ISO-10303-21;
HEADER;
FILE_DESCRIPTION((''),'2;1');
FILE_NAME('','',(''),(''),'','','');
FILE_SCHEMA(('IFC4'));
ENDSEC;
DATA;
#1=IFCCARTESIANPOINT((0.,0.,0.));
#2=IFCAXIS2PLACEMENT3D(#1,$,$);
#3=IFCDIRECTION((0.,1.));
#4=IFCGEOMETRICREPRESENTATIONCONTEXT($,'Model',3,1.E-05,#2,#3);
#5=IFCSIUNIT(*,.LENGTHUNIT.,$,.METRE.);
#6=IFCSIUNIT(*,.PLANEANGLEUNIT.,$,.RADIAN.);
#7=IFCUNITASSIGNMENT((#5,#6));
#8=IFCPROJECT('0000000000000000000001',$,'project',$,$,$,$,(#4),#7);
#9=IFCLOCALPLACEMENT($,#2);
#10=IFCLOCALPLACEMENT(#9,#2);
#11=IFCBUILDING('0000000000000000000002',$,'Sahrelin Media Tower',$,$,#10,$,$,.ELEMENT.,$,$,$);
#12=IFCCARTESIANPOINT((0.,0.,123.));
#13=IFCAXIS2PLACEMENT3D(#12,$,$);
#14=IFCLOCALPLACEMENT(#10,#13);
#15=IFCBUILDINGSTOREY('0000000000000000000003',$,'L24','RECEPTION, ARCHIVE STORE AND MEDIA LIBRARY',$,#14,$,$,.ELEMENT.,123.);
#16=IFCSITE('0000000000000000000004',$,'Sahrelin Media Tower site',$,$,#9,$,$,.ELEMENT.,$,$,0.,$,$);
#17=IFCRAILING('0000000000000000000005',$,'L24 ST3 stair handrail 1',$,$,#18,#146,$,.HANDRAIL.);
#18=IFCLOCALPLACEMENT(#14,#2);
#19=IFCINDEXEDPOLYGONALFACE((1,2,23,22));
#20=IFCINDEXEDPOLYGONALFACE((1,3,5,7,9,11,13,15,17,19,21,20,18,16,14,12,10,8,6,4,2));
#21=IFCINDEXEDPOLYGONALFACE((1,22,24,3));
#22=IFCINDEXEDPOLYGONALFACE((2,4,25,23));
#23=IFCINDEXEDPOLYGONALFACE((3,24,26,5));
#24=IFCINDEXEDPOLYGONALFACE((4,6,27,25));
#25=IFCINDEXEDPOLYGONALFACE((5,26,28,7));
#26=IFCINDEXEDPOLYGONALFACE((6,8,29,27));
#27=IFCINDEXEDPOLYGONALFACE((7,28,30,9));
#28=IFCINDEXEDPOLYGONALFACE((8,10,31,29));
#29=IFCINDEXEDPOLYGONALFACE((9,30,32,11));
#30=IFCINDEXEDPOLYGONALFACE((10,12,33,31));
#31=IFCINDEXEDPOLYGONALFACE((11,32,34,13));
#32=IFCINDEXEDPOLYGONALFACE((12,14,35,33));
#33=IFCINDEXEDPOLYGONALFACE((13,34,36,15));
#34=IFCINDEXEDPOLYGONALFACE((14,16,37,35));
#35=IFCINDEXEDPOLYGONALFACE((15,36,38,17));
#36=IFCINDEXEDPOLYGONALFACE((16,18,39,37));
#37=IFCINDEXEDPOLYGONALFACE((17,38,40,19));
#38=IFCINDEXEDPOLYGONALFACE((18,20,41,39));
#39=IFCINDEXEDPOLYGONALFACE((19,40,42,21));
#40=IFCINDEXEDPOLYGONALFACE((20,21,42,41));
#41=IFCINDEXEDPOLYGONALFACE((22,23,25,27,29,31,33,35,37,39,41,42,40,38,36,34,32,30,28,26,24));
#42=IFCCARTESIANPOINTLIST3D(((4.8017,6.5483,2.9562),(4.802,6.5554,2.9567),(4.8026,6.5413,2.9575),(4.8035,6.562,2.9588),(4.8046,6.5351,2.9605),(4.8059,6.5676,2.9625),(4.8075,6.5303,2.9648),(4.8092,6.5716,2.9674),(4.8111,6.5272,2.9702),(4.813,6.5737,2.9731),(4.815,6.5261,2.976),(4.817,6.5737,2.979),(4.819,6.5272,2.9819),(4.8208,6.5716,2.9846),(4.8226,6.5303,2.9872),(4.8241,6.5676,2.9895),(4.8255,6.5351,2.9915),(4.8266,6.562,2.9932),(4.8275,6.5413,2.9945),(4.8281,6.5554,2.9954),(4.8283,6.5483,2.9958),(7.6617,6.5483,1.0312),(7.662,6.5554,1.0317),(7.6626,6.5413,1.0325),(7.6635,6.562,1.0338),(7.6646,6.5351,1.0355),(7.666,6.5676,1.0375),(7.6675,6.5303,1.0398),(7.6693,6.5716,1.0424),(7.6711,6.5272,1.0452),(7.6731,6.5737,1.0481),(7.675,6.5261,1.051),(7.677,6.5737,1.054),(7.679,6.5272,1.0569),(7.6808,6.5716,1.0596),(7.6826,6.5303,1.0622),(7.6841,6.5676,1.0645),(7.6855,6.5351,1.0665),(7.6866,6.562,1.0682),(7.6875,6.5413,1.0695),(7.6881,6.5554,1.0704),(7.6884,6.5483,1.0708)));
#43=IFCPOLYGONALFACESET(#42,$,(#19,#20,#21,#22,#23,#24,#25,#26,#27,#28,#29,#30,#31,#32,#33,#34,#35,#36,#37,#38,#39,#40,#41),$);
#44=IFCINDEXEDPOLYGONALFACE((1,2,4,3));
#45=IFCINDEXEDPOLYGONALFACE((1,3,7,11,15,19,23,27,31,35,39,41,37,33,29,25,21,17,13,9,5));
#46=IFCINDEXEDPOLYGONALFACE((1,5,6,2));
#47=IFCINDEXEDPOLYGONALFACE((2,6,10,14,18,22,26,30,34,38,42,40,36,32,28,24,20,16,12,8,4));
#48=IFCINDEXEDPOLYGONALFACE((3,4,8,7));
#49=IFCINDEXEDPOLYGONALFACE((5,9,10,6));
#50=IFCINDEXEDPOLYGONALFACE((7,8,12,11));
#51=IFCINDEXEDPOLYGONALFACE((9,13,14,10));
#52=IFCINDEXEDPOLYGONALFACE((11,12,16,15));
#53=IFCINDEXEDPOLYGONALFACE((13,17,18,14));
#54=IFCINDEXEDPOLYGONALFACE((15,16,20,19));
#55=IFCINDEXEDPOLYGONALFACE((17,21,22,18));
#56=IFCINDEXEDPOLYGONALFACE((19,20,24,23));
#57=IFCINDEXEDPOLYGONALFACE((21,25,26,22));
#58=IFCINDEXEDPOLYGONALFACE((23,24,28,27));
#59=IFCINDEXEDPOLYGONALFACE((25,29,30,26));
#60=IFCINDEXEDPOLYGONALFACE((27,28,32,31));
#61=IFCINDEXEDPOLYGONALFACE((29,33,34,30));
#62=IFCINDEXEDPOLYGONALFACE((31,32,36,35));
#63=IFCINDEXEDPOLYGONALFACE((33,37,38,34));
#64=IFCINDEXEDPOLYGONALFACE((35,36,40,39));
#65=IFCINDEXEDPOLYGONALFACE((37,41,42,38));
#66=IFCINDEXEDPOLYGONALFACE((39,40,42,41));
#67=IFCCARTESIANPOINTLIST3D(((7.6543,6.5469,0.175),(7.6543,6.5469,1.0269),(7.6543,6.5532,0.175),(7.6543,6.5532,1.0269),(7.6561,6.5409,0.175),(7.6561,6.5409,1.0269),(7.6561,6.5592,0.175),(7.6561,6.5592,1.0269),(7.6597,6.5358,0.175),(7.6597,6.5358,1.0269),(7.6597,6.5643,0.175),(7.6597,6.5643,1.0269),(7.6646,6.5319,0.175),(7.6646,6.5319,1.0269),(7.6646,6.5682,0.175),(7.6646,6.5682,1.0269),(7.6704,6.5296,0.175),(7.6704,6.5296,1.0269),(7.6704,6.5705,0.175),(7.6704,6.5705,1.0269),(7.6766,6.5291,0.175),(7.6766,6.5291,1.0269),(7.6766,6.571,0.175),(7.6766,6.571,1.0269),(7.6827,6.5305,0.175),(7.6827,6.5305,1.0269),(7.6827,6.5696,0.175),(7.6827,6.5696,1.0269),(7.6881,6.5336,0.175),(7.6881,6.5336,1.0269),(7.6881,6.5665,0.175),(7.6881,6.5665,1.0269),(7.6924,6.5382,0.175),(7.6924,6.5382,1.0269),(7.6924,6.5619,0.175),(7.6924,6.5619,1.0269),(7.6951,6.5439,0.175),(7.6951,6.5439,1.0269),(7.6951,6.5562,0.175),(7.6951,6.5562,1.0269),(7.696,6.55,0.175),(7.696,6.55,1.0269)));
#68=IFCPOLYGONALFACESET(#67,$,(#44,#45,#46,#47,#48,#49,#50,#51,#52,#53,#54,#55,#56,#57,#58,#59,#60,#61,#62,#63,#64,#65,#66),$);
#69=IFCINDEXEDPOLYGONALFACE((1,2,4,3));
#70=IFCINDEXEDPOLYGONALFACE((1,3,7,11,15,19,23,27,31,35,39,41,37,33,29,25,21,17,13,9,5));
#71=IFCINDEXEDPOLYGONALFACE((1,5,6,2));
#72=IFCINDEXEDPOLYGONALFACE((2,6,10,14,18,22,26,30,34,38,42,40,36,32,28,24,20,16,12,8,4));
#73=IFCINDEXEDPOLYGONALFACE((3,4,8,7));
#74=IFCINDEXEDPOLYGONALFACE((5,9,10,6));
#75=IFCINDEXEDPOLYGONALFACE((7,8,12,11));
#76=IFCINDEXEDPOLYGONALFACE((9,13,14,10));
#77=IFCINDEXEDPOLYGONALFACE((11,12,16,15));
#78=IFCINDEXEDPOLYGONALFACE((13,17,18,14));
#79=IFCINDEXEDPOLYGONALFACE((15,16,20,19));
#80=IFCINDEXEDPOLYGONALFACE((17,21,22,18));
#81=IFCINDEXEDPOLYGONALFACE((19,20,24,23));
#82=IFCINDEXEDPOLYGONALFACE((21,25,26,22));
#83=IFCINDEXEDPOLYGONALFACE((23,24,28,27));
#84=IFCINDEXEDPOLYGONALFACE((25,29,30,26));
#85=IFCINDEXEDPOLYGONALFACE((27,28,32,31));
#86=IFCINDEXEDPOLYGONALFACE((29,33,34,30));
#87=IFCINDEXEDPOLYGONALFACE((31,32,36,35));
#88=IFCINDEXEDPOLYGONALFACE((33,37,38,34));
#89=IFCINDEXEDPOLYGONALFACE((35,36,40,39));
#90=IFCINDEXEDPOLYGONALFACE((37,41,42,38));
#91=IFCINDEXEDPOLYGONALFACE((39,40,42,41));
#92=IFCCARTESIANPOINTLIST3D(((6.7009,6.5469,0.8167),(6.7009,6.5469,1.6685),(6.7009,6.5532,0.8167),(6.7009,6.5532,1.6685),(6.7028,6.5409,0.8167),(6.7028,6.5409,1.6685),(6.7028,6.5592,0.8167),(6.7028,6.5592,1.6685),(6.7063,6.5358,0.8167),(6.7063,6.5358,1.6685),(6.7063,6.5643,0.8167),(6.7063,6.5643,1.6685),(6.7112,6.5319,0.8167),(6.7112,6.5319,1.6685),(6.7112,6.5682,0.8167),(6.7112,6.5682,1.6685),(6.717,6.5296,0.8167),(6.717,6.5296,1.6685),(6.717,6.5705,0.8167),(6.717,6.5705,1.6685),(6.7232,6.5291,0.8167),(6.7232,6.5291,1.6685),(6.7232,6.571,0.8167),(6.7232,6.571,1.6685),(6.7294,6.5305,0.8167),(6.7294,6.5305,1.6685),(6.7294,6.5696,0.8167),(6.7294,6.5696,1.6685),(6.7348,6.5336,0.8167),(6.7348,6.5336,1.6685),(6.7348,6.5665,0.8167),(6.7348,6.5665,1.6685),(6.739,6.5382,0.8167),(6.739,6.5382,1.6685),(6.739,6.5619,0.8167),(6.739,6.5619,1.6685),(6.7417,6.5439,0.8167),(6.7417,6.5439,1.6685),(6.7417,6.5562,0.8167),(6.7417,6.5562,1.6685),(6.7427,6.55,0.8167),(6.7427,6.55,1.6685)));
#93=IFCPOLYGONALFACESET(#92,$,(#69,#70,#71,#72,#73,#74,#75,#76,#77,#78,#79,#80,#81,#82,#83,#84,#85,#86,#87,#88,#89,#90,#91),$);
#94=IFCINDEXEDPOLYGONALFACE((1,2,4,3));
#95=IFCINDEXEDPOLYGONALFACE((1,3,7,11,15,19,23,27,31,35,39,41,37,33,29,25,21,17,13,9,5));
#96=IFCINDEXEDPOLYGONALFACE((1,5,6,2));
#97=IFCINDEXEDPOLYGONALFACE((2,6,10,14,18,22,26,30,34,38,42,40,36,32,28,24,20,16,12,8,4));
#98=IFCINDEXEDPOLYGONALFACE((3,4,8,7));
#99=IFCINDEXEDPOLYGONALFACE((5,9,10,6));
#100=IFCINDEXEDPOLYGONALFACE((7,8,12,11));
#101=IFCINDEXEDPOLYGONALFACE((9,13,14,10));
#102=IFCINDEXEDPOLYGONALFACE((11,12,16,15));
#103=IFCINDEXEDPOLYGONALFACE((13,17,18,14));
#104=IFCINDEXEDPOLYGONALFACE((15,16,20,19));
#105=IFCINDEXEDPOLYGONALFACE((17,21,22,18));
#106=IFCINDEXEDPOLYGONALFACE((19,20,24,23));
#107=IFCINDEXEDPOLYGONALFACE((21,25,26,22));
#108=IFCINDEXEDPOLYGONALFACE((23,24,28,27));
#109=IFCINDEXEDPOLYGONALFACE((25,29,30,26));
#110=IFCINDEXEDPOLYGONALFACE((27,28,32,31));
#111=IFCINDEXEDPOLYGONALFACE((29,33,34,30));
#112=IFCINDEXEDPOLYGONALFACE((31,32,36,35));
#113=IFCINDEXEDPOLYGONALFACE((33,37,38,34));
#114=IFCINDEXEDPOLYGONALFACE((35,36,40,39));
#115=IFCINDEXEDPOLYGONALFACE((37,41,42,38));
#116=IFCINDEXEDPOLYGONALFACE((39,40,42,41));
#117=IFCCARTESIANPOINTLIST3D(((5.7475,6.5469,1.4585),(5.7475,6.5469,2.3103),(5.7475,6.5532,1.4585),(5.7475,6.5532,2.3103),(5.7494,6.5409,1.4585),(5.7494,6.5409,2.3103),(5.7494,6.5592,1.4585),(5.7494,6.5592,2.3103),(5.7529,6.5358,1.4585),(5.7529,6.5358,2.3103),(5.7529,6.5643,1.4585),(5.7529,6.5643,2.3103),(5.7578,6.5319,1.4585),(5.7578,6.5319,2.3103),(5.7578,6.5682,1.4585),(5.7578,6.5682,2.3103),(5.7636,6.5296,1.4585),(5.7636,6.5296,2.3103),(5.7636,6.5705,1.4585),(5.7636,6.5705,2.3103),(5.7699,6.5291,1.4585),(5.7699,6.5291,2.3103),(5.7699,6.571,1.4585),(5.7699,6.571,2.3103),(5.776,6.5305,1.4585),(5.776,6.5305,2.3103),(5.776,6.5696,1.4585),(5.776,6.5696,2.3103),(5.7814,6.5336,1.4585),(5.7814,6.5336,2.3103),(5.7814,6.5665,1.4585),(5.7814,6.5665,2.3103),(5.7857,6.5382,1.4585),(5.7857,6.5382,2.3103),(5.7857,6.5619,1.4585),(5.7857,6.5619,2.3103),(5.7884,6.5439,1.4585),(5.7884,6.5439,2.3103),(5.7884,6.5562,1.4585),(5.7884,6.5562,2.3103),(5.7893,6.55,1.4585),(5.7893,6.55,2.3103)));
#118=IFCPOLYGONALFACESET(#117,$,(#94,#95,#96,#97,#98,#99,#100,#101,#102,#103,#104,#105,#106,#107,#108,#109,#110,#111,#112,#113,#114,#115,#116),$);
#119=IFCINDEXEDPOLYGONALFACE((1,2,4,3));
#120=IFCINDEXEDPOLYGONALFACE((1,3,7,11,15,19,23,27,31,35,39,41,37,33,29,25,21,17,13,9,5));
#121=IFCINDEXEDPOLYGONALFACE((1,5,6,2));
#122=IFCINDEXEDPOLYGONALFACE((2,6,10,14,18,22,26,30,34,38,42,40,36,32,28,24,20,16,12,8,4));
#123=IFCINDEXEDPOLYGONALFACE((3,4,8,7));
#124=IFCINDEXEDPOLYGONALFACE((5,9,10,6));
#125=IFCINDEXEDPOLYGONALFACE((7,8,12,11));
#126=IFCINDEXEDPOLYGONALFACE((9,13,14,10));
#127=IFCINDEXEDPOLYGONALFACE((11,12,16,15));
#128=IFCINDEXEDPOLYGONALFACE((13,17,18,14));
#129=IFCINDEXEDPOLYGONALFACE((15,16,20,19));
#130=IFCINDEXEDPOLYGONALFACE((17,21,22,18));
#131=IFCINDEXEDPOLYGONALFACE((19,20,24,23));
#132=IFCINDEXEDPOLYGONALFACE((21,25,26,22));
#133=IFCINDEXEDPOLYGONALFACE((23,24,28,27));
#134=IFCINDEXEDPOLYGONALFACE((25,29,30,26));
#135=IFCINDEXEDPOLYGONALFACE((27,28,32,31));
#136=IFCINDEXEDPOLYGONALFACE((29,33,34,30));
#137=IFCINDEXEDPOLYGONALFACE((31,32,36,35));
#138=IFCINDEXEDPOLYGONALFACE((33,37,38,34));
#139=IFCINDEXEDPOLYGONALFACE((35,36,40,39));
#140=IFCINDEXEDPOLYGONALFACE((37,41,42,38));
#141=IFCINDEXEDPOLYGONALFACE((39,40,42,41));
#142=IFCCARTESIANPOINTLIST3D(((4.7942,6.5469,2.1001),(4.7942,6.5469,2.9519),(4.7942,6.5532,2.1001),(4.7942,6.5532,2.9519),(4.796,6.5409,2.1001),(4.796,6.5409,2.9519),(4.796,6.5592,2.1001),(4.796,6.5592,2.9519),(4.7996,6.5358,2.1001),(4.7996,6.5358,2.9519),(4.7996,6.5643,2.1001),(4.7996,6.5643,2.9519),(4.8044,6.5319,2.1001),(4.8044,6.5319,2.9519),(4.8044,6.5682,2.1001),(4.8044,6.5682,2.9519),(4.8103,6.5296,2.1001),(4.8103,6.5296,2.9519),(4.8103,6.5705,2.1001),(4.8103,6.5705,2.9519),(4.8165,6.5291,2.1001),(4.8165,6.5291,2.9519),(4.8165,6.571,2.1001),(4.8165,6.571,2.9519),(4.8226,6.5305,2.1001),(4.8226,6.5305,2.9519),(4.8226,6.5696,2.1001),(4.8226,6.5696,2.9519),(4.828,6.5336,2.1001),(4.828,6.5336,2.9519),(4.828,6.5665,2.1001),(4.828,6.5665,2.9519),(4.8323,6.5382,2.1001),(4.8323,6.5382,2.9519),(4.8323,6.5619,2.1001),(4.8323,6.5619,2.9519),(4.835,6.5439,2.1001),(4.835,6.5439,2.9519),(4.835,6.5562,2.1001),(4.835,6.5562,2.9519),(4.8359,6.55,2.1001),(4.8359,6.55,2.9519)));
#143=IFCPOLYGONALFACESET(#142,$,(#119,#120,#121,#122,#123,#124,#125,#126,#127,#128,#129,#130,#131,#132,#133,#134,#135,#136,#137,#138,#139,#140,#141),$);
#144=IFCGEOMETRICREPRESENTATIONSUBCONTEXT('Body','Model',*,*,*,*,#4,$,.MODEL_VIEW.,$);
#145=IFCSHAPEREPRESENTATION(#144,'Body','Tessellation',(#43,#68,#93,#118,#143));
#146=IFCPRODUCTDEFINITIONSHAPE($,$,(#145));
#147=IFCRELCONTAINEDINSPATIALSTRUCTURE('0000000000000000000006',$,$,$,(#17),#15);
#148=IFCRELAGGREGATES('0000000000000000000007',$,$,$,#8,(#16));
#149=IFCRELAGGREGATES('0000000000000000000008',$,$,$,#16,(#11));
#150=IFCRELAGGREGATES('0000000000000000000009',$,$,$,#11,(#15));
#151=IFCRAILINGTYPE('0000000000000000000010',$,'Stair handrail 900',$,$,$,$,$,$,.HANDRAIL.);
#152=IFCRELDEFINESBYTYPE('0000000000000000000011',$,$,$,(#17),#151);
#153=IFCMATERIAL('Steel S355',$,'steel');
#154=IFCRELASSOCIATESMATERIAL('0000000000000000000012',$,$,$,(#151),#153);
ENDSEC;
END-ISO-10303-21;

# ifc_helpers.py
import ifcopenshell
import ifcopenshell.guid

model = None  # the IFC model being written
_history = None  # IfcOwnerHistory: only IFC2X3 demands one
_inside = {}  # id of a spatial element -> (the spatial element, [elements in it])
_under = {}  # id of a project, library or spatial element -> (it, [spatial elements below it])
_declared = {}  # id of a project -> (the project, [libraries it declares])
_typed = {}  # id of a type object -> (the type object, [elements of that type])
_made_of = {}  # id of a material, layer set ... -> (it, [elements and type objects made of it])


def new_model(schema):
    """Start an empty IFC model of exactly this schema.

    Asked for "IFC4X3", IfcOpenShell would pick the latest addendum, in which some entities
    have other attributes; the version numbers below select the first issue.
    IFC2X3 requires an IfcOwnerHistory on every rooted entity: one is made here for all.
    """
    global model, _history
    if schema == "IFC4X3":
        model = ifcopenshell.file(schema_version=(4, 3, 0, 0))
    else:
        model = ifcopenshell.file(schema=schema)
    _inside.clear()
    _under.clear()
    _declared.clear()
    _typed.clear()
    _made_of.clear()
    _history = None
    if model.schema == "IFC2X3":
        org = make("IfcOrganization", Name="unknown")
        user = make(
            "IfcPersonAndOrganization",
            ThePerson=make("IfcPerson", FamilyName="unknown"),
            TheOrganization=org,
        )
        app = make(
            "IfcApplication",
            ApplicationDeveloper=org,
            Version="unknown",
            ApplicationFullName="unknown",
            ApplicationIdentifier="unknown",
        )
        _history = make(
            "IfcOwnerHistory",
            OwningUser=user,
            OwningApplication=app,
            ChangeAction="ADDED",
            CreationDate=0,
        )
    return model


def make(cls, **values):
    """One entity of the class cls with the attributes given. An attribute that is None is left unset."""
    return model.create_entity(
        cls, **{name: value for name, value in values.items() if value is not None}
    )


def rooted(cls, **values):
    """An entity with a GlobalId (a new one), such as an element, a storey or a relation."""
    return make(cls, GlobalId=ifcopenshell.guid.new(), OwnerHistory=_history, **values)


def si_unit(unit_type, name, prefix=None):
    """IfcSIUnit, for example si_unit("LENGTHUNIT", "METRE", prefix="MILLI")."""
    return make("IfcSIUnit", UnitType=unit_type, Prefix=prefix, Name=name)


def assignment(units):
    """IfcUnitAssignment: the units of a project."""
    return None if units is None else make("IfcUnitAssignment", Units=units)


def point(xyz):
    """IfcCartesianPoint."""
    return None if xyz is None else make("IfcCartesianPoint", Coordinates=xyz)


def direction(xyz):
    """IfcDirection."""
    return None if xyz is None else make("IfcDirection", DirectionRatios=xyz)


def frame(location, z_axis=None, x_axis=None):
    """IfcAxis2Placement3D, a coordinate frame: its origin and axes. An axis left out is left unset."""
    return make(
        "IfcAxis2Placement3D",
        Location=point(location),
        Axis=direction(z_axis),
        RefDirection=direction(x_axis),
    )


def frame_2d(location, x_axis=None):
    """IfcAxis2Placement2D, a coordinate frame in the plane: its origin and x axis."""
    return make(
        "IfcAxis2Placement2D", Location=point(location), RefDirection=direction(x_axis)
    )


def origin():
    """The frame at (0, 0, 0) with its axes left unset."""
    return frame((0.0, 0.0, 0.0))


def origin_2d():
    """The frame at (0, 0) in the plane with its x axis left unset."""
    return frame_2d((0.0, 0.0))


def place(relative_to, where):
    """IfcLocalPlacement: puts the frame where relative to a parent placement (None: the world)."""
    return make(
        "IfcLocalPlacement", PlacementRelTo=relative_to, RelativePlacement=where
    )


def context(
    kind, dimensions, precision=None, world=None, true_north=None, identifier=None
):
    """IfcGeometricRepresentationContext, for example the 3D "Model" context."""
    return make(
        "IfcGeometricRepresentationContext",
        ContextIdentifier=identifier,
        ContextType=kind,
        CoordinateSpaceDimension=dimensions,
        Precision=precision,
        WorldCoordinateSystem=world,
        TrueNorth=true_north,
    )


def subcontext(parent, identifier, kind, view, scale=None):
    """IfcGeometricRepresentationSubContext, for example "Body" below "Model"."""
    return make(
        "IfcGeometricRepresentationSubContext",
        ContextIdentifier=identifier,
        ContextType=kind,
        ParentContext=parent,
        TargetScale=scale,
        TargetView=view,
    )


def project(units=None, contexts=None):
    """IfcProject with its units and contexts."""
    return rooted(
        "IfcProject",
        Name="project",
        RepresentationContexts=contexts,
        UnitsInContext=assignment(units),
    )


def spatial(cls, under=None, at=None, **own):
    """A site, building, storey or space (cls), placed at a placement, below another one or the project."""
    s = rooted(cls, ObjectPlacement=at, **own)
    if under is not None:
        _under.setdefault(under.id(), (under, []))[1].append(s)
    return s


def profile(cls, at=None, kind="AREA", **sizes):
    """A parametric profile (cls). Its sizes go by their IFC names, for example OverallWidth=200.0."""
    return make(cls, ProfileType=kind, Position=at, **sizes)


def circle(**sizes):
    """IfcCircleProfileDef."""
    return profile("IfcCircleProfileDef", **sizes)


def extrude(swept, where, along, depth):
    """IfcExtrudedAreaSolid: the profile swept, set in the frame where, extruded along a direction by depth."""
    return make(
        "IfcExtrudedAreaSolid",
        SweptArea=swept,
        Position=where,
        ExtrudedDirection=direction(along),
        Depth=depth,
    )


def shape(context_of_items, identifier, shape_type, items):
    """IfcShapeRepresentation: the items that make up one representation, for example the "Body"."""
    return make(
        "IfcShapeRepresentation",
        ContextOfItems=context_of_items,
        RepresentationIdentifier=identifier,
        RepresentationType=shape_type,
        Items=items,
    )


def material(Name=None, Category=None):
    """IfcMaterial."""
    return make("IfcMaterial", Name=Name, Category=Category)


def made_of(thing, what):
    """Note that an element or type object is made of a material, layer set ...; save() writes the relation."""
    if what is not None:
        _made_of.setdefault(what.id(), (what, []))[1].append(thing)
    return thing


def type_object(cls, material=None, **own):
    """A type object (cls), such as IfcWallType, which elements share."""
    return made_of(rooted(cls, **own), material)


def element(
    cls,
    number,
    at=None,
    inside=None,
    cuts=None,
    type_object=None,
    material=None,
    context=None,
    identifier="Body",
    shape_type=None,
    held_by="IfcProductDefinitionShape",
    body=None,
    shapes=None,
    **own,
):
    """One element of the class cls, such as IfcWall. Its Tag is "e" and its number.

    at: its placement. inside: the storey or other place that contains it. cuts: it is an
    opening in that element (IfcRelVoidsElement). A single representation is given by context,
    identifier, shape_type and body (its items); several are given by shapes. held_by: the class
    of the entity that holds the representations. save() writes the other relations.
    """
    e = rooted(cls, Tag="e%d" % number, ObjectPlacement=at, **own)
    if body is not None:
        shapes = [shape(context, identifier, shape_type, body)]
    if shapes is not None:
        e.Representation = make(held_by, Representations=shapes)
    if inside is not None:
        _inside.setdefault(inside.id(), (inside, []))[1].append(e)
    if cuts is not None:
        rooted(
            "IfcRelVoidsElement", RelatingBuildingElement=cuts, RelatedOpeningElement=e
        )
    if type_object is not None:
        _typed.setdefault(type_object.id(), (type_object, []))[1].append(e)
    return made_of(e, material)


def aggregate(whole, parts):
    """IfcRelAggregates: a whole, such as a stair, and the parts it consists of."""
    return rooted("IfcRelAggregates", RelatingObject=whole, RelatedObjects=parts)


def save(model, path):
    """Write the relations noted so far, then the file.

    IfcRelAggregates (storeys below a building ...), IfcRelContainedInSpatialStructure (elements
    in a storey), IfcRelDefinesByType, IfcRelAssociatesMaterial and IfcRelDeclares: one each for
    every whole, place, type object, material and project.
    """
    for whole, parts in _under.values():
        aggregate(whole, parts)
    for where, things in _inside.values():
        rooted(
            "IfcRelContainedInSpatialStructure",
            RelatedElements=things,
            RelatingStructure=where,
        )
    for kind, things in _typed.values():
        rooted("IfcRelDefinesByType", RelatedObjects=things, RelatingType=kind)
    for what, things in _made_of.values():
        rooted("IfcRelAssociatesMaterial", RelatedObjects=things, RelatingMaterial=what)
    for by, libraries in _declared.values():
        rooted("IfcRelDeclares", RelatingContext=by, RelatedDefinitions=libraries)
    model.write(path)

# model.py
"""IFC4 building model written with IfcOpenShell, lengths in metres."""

from ifc_helpers import new_model, si_unit, direction, frame, origin, origin_2d, place, context, subcontext, project, spatial, circle, extrude, material, type_object, element, save


model = new_model("IFC4")

# Units and contexts
model_context = context("Model", 3, precision=1e-05, world=origin(), true_north=direction((0.0, 1.0)))
body_context = subcontext(model_context, "Body", "Model", "MODEL_VIEW")
ifc_project = project(units=[si_unit("LENGTHUNIT", "METRE"), si_unit("PLANEANGLEUNIT", "RADIAN")], contexts=[model_context])

# Site, building, storey
site_placement = place(None, origin())
site = spatial("IfcSite", under=ifc_project, at=site_placement, Name="Sahrelin Media Tower site", CompositionType="ELEMENT", RefElevation=0.0)
building_placement = place(site_placement, origin())
building = spatial("IfcBuilding", under=site, at=building_placement, Name="Sahrelin Media Tower", CompositionType="ELEMENT")
storey_placement = place(building_placement, frame((0.0, 0.0, 123.0)))
storey = spatial("IfcBuildingStorey", under=building, at=storey_placement, Name="L24", Description="RECEPTION, ARCHIVE STORE AND MEDIA LIBRARY", CompositionType="ELEMENT", Elevation=123.0)

# Shared definitions
ifc_material_1 = material(Name="Steel S355", Category="steel")

# Railing
railing_type_1 = type_object("IfcRailingType", Name="Stair handrail 900", PredefinedType="HANDRAIL", material=ifc_material_1)
railing_1_placement = place(storey_placement, frame((7.675, 6.55, 0.175)))
element("IfcRailing", 1, at=railing_1_placement, inside=storey, type_object=railing_type_1, Name="L24 ST3 stair handrail 1", PredefinedType="HANDRAIL", context=body_context, shape_type="SweptSolid", body=[
    extrude(circle(Radius=0.0239, at=origin_2d()), frame((0.0, 0.0, 0.876), z_axis=(-0.829591, 0.0, 0.558372), x_axis=(0.0, -1.0, 0.0)), (0.0, 0.0, 1.0), 3.4475),
    extrude(circle(Radius=0.021, at=origin_2d()), origin(), (0.0, 0.0, 1.0), 0.8518),
    extrude(circle(Radius=0.021, at=origin_2d()), frame((-0.9534, 0.0, 0.6416)), (0.0, 0.0, 1.0), 0.8518),
    extrude(circle(Radius=0.021, at=origin_2d()), frame((-1.9067, 0.0, 1.2834)), (0.0, 0.0, 1.0), 0.8518),
    extrude(circle(Radius=0.021, at=origin_2d()), frame((-2.8601, 0.0, 1.925)), (0.0, 0.0, 1.0), 0.8518),
])

save(model, "model.ifc")
